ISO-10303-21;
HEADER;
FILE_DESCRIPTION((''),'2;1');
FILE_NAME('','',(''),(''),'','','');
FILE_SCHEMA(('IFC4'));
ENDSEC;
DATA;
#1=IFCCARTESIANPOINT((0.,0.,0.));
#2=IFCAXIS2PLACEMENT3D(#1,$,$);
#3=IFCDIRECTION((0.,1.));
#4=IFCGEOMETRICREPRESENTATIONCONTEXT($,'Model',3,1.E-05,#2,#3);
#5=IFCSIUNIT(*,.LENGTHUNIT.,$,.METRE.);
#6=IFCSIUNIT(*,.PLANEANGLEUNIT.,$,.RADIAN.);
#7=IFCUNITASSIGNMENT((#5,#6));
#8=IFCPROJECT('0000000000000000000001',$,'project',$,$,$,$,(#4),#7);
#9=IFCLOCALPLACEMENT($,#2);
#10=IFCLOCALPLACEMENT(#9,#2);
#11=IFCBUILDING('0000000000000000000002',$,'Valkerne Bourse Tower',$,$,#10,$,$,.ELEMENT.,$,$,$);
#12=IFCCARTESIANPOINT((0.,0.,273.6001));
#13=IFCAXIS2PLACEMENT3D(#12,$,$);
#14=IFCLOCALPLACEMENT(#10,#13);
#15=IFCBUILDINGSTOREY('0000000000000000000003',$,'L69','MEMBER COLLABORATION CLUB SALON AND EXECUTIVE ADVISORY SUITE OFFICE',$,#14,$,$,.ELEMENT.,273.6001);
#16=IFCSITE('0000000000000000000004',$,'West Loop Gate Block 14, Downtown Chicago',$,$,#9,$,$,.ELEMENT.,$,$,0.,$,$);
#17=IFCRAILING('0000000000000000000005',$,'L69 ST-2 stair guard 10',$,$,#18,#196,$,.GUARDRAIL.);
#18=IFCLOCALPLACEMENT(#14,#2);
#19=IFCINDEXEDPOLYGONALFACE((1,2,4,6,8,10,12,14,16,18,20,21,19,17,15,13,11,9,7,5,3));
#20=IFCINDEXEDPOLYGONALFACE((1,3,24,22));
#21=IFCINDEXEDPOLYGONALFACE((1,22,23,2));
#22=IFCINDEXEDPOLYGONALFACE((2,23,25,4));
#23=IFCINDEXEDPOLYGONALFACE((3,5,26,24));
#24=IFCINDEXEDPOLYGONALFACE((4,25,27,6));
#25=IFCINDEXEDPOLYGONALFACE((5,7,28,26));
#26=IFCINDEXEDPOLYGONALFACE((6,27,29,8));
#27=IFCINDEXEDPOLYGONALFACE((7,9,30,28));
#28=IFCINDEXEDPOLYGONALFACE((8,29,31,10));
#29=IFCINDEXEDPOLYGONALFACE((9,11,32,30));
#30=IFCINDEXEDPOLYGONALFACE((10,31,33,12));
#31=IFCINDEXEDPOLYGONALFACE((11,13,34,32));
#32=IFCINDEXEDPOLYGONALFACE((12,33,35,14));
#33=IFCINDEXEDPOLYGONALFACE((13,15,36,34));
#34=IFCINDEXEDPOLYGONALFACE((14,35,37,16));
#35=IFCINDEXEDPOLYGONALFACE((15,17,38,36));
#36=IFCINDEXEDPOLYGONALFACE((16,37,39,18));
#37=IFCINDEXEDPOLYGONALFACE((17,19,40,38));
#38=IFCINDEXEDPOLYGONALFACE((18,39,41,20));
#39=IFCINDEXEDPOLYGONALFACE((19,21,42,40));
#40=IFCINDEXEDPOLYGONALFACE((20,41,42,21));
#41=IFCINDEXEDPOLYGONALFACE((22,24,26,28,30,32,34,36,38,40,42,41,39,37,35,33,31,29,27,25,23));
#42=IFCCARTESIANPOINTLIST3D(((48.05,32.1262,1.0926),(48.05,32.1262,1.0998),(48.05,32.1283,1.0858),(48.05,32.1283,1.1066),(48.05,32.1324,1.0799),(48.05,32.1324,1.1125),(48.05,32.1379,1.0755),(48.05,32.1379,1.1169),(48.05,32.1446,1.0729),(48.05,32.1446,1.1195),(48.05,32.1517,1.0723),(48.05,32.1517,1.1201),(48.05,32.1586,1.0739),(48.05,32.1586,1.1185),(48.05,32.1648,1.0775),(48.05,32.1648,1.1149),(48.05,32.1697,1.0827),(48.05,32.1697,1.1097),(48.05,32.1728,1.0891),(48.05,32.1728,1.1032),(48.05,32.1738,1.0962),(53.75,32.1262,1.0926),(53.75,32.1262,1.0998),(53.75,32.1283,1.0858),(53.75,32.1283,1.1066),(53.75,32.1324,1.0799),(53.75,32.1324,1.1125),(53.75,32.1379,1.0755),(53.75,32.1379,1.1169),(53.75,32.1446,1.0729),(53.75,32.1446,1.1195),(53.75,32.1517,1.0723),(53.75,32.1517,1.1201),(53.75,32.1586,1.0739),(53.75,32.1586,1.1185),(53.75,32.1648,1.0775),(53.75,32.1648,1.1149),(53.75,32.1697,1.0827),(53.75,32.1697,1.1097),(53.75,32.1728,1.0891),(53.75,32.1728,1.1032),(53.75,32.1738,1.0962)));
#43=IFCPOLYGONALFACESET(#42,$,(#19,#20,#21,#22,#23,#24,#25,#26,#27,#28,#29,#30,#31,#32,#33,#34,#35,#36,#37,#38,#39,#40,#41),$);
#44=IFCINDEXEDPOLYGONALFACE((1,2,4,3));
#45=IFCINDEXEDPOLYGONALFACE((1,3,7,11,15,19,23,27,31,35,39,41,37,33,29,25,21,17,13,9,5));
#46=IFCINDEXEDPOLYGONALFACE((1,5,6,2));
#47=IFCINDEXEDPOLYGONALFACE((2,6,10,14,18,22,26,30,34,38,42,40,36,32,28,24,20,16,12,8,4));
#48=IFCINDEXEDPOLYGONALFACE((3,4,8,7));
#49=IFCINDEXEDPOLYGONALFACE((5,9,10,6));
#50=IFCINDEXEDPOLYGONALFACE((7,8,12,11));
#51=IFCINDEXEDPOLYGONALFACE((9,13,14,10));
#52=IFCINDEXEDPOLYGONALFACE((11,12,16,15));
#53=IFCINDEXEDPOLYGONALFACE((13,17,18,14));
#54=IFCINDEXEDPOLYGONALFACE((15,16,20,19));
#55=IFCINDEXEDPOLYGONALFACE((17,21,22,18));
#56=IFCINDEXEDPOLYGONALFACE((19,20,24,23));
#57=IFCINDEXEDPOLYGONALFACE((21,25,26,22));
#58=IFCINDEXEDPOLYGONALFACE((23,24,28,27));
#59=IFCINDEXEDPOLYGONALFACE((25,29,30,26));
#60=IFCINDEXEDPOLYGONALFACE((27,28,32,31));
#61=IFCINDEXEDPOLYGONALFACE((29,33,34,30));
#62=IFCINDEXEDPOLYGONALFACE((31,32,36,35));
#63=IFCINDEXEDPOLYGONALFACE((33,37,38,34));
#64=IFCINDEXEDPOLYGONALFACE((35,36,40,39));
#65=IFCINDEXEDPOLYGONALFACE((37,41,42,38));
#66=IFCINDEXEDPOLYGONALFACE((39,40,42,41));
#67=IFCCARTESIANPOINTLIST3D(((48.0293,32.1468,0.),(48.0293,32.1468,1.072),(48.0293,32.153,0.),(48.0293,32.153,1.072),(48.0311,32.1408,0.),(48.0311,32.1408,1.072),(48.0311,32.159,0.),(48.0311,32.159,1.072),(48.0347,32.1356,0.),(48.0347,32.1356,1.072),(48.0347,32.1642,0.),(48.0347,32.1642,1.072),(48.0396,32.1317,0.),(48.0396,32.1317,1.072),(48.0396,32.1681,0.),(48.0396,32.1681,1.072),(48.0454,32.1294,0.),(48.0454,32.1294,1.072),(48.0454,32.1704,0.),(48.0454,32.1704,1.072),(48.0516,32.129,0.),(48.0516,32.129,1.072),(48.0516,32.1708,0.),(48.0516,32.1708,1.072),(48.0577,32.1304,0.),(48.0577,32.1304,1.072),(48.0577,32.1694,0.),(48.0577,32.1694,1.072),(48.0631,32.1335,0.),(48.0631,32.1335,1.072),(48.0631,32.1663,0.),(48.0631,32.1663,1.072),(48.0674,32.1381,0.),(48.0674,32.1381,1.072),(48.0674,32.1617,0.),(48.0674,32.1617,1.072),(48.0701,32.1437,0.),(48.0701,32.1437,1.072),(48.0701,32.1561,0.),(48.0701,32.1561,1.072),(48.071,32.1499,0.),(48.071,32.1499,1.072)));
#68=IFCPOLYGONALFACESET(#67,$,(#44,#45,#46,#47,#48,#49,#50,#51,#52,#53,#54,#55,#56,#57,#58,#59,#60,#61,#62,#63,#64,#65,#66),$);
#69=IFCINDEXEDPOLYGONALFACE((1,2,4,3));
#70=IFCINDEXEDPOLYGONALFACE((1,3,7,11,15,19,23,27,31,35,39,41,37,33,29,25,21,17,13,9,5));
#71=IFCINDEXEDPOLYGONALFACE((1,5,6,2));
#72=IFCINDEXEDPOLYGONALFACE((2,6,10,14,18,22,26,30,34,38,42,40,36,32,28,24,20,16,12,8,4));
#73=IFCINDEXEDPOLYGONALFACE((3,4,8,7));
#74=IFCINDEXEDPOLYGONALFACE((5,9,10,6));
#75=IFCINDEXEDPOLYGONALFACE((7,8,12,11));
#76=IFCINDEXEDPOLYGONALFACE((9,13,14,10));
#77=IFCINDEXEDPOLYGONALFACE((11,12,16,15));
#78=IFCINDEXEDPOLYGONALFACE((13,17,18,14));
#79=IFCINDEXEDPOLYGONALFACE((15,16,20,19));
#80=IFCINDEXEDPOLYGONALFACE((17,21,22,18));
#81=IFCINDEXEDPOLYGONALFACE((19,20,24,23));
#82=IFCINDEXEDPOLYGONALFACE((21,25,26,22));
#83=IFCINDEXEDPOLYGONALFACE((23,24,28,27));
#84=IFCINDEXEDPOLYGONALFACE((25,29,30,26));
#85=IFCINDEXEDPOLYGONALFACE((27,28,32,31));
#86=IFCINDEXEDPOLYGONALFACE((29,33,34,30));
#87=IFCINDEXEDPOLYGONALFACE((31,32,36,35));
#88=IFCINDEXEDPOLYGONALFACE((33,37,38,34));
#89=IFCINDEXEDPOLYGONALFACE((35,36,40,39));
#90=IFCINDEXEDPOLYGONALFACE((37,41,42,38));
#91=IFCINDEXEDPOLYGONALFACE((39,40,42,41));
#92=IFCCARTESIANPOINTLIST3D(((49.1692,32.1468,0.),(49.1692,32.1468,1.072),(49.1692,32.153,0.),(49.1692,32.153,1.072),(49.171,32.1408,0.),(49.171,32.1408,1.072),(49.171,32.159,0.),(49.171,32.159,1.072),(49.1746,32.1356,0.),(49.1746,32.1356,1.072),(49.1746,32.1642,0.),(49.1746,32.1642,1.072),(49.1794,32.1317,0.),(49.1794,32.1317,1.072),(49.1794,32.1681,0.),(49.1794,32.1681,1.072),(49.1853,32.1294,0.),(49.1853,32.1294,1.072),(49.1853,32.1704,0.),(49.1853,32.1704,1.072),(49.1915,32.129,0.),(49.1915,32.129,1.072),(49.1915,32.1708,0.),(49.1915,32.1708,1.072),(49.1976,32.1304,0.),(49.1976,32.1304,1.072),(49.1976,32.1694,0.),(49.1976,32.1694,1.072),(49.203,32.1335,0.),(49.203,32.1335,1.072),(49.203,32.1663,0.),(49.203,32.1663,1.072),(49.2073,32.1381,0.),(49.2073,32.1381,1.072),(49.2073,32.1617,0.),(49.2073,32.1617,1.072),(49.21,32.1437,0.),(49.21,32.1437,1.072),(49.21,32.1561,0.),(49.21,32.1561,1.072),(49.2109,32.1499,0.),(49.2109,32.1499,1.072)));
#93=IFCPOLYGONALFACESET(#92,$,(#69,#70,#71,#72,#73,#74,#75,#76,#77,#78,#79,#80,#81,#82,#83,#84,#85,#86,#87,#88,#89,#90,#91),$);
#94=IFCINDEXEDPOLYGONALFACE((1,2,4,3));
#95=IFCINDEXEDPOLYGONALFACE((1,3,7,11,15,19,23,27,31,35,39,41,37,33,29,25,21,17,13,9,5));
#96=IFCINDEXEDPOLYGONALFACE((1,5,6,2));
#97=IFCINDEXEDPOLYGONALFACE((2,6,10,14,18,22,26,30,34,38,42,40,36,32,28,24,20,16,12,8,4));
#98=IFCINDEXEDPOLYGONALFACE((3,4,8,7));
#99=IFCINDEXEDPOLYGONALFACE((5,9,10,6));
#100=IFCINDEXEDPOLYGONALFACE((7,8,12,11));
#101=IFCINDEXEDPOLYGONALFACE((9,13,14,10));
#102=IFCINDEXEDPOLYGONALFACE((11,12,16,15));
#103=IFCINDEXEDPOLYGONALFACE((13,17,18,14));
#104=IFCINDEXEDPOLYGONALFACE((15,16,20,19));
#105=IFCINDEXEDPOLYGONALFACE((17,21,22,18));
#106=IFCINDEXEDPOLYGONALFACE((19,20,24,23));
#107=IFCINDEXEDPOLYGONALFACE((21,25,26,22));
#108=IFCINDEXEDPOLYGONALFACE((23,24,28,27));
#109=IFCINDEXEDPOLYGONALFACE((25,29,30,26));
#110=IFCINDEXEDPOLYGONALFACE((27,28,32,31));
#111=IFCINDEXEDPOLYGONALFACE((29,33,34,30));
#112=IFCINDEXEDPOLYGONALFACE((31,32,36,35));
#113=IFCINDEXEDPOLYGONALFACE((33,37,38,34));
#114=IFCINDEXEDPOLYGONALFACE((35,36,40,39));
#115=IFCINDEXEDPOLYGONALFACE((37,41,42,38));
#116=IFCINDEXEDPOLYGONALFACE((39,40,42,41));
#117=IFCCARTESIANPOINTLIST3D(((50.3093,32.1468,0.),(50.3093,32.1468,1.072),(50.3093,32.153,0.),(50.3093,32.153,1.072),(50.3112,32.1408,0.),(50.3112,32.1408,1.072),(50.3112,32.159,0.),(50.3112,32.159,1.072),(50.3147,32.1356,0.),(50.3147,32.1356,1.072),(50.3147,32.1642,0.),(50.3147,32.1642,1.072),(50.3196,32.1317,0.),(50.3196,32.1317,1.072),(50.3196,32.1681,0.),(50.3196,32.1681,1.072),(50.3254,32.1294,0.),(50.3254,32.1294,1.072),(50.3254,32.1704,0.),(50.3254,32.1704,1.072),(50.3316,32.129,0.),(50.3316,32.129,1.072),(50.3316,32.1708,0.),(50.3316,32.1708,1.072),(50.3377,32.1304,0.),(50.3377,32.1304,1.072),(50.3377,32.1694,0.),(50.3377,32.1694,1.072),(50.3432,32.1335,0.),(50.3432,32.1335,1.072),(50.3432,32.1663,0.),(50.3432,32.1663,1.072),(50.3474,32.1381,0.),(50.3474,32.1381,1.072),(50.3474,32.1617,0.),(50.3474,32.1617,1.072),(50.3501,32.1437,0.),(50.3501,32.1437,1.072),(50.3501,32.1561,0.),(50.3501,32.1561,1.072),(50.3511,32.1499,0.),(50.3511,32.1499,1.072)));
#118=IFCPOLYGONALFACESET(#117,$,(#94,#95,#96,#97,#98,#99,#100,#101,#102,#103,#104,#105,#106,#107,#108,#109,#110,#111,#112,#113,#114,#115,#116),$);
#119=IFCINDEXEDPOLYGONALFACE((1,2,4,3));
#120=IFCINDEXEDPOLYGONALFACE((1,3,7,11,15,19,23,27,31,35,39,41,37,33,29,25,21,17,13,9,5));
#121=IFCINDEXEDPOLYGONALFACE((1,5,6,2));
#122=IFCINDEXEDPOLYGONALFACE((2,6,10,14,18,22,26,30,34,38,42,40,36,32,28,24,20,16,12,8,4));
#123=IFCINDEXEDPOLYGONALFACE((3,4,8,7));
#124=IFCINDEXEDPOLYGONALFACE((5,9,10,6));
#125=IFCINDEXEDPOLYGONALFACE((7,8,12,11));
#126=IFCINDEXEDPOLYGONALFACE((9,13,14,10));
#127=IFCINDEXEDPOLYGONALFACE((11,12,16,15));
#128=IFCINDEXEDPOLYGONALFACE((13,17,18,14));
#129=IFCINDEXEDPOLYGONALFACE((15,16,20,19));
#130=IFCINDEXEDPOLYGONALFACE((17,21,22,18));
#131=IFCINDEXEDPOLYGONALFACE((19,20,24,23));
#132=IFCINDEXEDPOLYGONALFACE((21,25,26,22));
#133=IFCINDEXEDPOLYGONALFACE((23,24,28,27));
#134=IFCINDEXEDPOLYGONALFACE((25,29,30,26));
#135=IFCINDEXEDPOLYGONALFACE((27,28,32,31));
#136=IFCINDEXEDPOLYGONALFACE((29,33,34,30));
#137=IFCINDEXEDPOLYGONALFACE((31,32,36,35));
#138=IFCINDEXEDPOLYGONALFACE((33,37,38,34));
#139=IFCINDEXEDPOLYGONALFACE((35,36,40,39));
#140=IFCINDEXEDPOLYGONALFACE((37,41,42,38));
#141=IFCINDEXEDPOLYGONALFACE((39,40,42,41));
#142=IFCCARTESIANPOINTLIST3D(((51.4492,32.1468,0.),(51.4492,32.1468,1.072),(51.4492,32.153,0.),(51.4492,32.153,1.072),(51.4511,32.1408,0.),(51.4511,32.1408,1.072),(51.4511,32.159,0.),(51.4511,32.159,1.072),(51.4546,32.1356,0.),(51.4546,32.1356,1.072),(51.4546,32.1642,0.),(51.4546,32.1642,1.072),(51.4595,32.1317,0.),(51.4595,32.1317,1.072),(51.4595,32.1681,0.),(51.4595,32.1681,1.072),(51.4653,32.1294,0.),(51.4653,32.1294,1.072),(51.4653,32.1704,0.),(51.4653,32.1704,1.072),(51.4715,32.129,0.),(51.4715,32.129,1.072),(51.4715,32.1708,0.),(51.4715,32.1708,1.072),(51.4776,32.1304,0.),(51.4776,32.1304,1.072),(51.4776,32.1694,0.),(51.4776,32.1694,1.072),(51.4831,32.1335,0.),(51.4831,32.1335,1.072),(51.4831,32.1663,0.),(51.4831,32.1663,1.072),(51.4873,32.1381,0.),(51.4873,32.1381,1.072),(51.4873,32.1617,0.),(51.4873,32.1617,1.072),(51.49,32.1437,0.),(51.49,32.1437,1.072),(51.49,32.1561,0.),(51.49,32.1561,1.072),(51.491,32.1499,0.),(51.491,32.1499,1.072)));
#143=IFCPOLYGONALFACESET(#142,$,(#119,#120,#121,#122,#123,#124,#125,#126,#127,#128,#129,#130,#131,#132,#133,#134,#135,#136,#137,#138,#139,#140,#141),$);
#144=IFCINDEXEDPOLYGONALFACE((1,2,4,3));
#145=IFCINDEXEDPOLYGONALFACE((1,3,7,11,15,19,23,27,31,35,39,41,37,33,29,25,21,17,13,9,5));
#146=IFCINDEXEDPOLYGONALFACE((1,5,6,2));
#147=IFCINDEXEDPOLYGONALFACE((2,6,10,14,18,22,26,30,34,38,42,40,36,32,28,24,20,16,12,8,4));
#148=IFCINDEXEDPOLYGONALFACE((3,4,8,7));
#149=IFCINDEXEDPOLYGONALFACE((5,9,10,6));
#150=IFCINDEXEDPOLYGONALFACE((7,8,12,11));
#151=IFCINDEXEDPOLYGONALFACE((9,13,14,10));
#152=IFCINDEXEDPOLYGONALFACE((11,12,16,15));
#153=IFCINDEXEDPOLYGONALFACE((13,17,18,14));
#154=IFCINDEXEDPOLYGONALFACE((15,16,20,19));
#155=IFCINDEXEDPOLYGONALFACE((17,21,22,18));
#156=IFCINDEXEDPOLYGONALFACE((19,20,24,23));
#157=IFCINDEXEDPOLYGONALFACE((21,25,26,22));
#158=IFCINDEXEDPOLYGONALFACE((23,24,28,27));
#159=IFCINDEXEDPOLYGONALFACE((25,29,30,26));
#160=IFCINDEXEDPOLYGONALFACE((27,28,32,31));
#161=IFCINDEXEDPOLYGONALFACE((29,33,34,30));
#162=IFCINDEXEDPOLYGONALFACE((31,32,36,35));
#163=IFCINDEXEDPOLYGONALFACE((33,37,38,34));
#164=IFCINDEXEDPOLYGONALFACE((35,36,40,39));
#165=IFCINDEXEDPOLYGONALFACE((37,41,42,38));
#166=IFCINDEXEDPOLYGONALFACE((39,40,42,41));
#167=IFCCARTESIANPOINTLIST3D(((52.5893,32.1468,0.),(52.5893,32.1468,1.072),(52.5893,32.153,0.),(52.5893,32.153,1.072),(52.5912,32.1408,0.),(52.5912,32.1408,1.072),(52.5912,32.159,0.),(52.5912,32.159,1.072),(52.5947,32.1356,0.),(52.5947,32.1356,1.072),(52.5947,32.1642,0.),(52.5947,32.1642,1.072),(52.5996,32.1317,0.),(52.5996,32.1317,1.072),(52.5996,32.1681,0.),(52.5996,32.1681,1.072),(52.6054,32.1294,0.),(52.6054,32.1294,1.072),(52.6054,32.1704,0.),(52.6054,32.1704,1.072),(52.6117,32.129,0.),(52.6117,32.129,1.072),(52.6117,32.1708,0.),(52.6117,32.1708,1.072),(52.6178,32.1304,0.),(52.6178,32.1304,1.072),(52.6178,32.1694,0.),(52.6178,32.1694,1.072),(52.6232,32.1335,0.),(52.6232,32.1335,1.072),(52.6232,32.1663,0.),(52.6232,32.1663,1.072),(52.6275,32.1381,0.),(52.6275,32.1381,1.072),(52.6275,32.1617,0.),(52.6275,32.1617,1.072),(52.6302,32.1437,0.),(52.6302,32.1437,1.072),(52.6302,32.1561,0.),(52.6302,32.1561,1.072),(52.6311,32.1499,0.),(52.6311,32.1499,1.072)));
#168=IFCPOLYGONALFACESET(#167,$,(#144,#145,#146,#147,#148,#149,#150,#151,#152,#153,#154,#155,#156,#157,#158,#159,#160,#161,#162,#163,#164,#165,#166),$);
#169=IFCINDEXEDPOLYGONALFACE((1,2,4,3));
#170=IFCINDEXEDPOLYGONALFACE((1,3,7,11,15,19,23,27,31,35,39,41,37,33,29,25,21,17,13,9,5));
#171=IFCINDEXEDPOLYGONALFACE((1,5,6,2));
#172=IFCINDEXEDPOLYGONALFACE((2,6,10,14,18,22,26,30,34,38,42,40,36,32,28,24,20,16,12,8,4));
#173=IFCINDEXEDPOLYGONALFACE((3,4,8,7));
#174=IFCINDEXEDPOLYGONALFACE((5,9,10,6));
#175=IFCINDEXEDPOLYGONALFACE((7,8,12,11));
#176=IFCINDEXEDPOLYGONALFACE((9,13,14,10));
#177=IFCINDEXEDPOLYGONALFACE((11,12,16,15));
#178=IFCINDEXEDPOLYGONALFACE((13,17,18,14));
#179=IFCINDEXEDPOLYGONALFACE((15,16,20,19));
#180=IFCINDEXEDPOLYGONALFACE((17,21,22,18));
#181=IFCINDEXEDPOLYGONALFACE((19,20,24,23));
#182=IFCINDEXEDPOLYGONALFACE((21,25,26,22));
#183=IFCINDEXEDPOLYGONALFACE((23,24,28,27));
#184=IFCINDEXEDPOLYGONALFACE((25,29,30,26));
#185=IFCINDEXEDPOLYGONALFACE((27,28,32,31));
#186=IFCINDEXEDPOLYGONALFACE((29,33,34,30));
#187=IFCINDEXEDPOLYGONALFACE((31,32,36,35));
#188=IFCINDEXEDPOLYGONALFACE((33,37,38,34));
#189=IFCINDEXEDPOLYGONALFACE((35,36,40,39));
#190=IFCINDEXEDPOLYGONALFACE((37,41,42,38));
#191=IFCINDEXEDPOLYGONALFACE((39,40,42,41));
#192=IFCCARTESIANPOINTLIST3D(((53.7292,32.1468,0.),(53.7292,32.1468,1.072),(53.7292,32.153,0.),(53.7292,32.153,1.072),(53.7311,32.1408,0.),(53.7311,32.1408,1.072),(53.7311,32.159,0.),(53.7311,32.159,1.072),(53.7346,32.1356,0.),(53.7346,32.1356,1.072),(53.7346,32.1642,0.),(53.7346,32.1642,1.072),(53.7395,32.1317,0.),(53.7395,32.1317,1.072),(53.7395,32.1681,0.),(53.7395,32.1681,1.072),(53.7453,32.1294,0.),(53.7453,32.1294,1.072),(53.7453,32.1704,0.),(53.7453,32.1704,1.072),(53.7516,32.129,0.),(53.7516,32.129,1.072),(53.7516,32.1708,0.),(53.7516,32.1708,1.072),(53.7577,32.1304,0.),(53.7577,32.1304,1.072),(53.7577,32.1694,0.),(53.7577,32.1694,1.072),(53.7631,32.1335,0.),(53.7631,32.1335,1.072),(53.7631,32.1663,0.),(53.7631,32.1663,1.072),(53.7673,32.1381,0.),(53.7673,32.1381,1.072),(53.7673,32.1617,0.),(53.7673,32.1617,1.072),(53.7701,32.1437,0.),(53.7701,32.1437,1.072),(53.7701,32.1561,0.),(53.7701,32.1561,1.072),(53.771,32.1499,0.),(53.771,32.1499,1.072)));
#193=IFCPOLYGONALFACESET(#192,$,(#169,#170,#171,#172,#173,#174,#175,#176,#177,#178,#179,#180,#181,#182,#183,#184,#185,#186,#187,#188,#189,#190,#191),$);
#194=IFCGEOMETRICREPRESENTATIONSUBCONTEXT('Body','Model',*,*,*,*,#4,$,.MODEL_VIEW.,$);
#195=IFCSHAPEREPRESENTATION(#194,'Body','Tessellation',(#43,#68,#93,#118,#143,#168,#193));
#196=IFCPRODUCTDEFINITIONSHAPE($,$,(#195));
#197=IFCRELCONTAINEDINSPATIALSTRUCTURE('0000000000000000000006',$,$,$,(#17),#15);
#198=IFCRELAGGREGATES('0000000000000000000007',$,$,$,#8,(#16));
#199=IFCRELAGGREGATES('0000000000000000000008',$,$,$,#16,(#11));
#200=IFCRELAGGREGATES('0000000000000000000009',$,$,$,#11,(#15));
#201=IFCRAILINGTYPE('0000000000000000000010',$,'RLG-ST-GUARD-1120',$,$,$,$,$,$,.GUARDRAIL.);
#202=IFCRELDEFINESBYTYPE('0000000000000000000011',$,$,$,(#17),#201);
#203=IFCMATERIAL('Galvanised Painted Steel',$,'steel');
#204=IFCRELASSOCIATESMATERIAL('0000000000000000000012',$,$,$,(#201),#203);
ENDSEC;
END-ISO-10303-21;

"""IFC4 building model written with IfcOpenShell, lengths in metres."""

from ifc_helpers import new_model, si_unit, direction, frame, origin, origin_2d, place, context, subcontext, project, spatial, circle, extrude, material, type_object, element, save


model = new_model("IFC4")

# Units and contexts
model_context = context("Model", 3, precision=1e-05, world=origin(), true_north=direction((0.0, 1.0)))
body_context = subcontext(model_context, "Body", "Model", "MODEL_VIEW")
ifc_project = project(units=[si_unit("LENGTHUNIT", "METRE"), si_unit("PLANEANGLEUNIT", "RADIAN")], contexts=[model_context])

# Site, building, storey
site_placement = place(None, origin())
site = spatial("IfcSite", under=ifc_project, at=site_placement, Name="West Loop Gate Block 14, Downtown Chicago", CompositionType="ELEMENT", RefElevation=0.0)
building_placement = place(site_placement, origin())
building = spatial("IfcBuilding", under=site, at=building_placement, Name="Valkerne Bourse Tower", CompositionType="ELEMENT")
storey_placement = place(building_placement, frame((0.0, 0.0, 273.6001)))
storey = spatial("IfcBuildingStorey", under=building, at=storey_placement, Name="L69", Description="MEMBER COLLABORATION CLUB SALON AND EXECUTIVE ADVISORY SUITE OFFICE", CompositionType="ELEMENT", Elevation=273.6001)

# Shared definitions
ifc_material_1 = material(Name="Galvanised Painted Steel", Category="steel")

# Railing
railing_type_1 = type_object("IfcRailingType", Name="RLG-ST-GUARD-1120", PredefinedType="GUARDRAIL", material=ifc_material_1)
for number, where, name in (
    (1, (48.05, 32.1499, 0.0), "L69 ST-2 stair guard 10"),
):
    element("IfcRailing", number, at=place(storey_placement, frame(where)), inside=storey, type_object=railing_type_1, Name=name, PredefinedType="GUARDRAIL", context=body_context, shape_type="SweptSolid", body=[
        extrude(circle(Radius=0.0239, at=origin_2d()), frame((0.0, 0.0, 1.0962), z_axis=(1.0, 0.0, 0.0), x_axis=(0.0, 1.0, 0.0)), (0.0, 0.0, 1.0), 5.7),
        extrude(circle(Radius=0.021, at=origin_2d()), origin(), (0.0, 0.0, 1.0), 1.072),
        extrude(circle(Radius=0.021, at=origin_2d()), frame((1.1399, 0.0, 0.0)), (0.0, 0.0, 1.0), 1.072),
        extrude(circle(Radius=0.021, at=origin_2d()), frame((2.28, 0.0, 0.0)), (0.0, 0.0, 1.0), 1.072),
        extrude(circle(Radius=0.021, at=origin_2d()), frame((3.4199, 0.0, 0.0)), (0.0, 0.0, 1.0), 1.072),
        extrude(circle(Radius=0.021, at=origin_2d()), frame((4.5601, 0.0, 0.0)), (0.0, 0.0, 1.0), 1.072),
        extrude(circle(Radius=0.021, at=origin_2d()), frame((5.7, 0.0, 0.0)), (0.0, 0.0, 1.0), 1.072),
    ])

save(model, "model.ifc")
